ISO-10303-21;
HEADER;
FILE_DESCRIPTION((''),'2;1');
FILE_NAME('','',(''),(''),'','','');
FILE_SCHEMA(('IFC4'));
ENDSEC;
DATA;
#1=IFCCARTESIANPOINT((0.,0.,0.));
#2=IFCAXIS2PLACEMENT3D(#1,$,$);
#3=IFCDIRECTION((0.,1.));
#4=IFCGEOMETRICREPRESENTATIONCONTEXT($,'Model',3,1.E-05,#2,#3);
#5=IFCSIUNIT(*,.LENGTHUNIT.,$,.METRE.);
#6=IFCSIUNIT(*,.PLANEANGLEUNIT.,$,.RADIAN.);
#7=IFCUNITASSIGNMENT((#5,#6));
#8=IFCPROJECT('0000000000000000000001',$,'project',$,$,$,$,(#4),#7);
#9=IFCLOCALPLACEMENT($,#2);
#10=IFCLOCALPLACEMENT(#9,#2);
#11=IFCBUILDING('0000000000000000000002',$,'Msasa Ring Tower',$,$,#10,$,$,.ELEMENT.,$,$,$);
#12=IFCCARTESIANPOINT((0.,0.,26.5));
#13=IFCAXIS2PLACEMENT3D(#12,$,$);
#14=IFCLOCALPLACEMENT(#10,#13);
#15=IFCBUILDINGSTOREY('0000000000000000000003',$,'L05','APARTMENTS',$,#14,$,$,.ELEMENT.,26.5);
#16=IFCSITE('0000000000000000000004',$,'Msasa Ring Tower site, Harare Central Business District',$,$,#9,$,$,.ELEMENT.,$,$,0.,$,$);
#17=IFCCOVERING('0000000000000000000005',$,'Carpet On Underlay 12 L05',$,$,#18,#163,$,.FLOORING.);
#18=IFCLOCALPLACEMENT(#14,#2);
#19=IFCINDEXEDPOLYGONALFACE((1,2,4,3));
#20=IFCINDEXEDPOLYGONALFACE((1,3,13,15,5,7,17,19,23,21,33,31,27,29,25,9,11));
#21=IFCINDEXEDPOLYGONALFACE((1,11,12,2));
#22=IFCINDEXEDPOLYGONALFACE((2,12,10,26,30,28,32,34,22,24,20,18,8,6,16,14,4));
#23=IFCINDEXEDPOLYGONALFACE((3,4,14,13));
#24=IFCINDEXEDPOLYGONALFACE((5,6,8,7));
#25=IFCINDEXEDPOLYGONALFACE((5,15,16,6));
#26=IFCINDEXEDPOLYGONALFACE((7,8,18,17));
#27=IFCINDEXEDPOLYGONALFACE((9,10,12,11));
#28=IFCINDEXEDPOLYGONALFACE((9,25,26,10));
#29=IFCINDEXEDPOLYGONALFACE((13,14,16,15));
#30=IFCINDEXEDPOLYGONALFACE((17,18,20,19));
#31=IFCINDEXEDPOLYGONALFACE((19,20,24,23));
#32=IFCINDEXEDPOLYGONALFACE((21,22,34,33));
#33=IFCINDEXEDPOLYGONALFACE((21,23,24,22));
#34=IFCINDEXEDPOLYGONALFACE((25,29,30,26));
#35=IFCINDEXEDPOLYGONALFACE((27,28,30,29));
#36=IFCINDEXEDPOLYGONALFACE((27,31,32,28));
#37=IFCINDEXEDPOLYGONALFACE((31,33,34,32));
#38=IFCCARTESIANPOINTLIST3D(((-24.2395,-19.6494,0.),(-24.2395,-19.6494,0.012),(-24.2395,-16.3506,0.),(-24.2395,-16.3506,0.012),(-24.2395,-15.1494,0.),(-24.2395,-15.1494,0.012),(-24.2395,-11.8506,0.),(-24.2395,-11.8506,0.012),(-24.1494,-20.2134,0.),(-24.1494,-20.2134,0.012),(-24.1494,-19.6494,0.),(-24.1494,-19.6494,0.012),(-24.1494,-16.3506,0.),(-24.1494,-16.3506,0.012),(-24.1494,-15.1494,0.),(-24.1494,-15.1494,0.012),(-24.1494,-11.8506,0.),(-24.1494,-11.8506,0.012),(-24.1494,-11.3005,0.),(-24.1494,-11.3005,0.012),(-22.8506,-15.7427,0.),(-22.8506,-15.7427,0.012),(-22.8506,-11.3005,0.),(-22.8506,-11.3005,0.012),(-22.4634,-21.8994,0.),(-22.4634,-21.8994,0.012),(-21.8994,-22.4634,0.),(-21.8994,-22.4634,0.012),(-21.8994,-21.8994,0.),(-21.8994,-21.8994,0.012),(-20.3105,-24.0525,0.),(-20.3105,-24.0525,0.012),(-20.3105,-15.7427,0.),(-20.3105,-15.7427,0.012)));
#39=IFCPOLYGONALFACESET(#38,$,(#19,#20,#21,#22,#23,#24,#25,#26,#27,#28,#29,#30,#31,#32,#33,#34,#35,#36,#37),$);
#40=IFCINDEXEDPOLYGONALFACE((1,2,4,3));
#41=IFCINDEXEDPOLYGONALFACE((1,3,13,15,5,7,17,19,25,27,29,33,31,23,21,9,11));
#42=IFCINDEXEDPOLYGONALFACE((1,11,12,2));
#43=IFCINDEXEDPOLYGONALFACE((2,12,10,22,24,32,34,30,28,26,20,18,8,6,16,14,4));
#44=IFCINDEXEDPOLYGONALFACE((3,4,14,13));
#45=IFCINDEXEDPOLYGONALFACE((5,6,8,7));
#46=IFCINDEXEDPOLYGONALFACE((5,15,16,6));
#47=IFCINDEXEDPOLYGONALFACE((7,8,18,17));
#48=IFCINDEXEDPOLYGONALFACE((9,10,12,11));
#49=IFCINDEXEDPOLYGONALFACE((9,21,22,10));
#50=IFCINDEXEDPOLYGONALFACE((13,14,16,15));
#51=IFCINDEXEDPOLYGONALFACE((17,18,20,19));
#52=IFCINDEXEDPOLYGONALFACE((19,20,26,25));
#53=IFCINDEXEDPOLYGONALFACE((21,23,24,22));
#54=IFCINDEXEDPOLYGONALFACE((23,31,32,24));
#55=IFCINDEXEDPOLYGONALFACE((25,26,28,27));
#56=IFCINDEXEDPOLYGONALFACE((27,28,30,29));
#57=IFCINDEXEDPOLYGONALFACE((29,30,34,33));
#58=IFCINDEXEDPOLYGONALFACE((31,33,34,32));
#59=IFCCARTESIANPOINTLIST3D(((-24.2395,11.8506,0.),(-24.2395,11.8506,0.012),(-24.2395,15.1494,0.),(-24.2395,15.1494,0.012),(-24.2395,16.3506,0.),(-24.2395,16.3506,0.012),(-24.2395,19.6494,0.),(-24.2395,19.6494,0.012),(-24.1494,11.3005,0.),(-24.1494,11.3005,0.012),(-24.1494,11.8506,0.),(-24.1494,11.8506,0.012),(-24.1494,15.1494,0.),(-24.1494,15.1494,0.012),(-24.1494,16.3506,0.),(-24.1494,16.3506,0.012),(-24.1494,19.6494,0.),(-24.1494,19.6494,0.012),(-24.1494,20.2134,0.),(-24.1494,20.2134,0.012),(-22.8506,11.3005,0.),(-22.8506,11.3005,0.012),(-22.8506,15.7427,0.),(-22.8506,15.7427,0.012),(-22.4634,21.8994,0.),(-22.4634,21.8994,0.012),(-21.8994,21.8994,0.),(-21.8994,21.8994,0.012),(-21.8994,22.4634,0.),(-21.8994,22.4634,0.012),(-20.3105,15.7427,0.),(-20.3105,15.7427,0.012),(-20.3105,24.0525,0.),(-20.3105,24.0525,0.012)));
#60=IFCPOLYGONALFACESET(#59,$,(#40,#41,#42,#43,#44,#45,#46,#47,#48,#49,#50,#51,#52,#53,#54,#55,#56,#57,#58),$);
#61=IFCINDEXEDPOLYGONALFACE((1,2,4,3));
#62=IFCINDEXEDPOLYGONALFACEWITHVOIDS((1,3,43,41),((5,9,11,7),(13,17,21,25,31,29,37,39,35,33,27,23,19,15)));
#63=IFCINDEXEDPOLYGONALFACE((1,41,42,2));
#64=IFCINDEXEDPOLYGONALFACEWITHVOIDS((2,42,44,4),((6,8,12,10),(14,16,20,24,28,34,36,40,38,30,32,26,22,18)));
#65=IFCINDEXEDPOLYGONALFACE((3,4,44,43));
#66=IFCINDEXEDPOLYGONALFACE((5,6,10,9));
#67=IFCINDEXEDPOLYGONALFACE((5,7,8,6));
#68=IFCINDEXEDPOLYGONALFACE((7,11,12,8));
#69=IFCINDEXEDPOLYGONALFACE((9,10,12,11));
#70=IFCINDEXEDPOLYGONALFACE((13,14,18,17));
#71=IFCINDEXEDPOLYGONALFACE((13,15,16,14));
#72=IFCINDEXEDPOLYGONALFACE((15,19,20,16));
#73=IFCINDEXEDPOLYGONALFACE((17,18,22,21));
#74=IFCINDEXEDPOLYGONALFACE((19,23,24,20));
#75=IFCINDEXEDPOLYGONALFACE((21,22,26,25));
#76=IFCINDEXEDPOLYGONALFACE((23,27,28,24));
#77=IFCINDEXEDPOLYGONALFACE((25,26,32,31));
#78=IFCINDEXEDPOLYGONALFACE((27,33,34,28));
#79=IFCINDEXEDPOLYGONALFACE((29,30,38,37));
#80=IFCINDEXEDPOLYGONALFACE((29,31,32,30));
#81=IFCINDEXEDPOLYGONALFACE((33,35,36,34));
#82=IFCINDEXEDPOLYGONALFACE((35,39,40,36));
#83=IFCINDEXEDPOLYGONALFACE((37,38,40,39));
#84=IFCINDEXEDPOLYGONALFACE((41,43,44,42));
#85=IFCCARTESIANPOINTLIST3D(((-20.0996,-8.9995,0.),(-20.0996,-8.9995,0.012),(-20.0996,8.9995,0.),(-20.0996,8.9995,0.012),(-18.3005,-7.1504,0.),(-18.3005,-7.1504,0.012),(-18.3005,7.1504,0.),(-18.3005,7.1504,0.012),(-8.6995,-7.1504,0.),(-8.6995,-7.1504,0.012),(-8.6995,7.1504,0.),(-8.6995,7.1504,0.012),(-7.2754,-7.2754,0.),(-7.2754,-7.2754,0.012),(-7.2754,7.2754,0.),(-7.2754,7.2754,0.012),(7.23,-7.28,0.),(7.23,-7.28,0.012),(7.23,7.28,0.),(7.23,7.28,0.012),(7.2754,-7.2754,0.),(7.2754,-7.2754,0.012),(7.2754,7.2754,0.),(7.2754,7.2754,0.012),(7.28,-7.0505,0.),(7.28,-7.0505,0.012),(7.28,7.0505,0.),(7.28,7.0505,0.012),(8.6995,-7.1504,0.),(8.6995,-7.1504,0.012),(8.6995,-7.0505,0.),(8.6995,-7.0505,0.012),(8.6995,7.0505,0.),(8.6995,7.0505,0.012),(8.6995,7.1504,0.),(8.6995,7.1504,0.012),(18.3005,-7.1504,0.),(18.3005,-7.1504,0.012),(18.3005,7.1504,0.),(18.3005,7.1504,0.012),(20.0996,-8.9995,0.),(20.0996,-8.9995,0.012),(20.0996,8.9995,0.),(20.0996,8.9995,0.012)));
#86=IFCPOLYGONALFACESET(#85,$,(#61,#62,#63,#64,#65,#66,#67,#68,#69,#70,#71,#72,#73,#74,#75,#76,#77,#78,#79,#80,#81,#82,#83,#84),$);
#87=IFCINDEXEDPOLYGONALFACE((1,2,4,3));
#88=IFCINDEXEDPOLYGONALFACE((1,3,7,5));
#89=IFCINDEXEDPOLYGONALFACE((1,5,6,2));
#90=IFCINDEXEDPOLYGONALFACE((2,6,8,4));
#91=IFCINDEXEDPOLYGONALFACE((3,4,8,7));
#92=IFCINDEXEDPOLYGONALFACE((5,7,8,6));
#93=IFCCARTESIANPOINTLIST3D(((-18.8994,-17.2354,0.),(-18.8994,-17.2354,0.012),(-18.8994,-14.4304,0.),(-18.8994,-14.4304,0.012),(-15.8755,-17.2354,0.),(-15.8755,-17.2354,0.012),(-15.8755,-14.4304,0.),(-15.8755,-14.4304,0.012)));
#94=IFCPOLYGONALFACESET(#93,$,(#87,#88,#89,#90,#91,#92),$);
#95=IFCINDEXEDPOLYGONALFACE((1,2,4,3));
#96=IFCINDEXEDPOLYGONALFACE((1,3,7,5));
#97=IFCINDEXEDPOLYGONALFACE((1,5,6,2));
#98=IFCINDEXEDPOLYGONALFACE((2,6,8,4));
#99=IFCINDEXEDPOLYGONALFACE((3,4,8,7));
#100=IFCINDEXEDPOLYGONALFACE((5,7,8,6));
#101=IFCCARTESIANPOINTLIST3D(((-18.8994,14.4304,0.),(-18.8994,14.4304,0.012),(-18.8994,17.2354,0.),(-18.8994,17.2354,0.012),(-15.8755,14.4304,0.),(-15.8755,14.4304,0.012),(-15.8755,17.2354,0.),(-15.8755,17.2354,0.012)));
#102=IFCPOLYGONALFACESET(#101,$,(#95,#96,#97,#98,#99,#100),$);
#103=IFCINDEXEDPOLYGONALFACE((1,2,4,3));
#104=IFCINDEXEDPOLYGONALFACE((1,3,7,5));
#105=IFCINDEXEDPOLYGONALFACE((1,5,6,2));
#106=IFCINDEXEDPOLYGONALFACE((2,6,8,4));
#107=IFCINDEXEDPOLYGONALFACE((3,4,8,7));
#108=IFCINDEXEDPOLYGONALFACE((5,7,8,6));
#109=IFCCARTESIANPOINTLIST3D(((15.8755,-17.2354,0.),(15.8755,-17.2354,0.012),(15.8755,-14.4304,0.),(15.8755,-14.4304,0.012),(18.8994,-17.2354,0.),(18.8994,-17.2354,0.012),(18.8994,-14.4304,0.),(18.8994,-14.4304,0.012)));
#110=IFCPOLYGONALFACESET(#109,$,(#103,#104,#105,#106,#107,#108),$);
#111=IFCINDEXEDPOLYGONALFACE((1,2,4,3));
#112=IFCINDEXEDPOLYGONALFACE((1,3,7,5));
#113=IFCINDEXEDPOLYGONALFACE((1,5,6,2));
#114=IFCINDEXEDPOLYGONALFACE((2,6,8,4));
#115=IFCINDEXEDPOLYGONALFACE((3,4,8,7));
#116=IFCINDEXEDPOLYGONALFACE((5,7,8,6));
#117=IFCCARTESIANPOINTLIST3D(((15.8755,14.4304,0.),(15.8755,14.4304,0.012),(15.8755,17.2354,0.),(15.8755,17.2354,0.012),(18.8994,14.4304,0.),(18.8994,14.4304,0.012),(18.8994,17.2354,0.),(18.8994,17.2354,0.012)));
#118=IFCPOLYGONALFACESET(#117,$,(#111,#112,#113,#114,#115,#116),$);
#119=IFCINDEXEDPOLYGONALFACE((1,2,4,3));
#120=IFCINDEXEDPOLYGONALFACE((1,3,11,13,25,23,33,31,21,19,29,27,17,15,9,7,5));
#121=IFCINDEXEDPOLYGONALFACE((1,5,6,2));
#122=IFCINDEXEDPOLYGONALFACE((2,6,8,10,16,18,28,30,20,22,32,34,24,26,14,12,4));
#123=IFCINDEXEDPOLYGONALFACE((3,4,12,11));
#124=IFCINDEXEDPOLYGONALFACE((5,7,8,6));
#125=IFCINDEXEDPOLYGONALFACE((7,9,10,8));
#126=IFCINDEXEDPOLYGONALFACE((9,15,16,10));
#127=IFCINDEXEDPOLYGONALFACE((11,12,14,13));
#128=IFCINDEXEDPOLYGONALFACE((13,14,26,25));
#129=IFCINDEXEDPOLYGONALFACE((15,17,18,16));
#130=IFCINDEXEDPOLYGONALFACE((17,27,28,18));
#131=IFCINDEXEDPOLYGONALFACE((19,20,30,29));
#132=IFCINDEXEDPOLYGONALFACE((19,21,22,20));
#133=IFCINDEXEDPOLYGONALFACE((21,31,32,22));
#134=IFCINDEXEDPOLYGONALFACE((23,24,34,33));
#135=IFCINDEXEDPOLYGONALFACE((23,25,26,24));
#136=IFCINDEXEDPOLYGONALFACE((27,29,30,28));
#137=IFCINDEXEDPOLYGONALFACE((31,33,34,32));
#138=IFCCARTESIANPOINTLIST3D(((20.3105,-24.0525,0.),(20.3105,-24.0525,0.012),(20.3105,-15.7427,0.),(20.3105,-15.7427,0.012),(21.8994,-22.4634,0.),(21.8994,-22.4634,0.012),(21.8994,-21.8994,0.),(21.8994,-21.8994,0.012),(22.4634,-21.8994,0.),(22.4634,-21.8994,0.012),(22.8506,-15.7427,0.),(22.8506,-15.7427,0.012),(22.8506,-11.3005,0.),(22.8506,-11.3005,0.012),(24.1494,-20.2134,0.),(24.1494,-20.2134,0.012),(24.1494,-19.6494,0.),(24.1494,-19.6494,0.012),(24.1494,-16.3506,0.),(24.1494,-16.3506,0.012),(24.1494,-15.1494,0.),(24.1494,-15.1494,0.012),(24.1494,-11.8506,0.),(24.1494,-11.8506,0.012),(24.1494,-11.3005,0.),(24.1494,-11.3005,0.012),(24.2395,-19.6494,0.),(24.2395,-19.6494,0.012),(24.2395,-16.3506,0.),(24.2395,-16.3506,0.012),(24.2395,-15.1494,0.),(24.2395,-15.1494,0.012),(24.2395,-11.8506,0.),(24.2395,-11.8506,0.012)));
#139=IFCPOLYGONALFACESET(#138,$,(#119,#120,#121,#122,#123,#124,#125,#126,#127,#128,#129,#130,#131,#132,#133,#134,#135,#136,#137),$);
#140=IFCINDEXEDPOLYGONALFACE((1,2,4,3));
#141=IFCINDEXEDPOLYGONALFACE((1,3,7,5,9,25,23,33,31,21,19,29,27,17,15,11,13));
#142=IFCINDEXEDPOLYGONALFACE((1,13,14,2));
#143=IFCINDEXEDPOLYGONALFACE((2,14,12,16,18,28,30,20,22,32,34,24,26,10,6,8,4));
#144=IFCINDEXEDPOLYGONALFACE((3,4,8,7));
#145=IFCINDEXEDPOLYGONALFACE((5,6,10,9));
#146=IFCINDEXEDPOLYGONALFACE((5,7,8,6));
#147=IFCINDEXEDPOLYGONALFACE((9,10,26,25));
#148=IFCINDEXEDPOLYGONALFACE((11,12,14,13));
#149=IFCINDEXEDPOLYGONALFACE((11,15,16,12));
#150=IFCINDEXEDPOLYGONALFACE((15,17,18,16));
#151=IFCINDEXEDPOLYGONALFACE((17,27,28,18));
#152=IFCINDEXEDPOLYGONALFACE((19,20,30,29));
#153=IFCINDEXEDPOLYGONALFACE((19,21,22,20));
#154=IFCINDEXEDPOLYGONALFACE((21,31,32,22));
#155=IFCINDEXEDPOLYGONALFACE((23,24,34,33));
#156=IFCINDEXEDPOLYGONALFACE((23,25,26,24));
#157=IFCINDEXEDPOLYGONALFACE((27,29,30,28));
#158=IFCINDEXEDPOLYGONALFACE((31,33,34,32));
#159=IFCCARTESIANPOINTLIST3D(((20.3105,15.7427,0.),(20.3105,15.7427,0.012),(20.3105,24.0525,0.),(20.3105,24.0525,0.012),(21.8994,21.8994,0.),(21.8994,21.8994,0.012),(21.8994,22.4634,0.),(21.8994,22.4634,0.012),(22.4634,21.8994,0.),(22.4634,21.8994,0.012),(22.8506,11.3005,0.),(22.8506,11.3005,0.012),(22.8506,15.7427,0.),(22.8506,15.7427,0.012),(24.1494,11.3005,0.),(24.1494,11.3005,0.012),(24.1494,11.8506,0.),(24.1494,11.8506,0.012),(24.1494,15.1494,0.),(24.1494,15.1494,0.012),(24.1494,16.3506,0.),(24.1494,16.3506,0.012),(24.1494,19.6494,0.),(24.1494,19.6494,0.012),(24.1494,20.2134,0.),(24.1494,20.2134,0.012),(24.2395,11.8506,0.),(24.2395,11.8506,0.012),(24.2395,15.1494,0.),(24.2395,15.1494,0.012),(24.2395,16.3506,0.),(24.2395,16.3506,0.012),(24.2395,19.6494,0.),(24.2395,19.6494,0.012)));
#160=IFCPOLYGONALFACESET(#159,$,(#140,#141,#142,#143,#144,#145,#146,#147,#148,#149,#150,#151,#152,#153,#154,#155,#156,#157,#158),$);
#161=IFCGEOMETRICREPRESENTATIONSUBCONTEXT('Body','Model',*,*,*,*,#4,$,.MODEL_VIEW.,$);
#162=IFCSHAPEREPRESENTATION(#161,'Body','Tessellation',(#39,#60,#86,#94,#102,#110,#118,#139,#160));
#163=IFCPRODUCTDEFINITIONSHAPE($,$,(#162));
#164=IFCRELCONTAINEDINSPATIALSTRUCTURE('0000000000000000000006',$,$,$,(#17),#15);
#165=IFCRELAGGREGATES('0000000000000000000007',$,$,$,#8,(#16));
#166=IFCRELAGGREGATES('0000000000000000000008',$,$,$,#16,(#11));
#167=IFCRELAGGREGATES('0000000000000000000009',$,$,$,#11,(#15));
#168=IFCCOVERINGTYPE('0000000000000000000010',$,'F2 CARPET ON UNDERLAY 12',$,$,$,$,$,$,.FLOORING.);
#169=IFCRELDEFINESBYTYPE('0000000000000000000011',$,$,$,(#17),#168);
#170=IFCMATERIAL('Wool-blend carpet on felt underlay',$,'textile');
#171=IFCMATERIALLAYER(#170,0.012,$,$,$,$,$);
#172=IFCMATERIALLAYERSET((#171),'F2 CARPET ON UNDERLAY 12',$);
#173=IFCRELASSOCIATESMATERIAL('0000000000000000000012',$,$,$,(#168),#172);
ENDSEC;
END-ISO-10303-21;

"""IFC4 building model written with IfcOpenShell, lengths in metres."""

from ifc_helpers import new_model, si_unit, direction, frame, origin, place, context, subcontext, project, spatial, line, indexed_curve, outline, extrude, material, layer, layer_set, type_object, element, save


model = new_model("IFC4")

# Units and contexts
model_context = context("Model", 3, precision=1e-05, world=origin(), true_north=direction((0.0, 1.0)))
body_context = subcontext(model_context, "Body", "Model", "MODEL_VIEW")
ifc_project = project(units=[si_unit("LENGTHUNIT", "METRE"), si_unit("PLANEANGLEUNIT", "RADIAN")], contexts=[model_context])

# Site, building, storey
site_placement = place(None, origin())
site = spatial("IfcSite", under=ifc_project, at=site_placement, Name="Msasa Ring Tower site, Harare Central Business District", CompositionType="ELEMENT", RefElevation=0.0)
building_placement = place(site_placement, origin())
building = spatial("IfcBuilding", under=site, at=building_placement, Name="Msasa Ring Tower", CompositionType="ELEMENT")
storey_placement = place(building_placement, frame((0.0, 0.0, 26.5)))
storey = spatial("IfcBuildingStorey", under=building, at=storey_placement, Name="L05", Description="APARTMENTS", CompositionType="ELEMENT", Elevation=26.5)

# Covering
ifc_material_1 = material(Name="Wool-blend carpet on felt underlay", Category="textile")
ifc_layer_1 = layer(ifc_material_1, 0.012)
ifc_layer_set_1 = layer_set([ifc_layer_1], Name="F2 CARPET ON UNDERLAY 12")
covering_type_1 = type_object("IfcCoveringType", Name="F2 CARPET ON UNDERLAY 12", PredefinedType="FLOORING", material=ifc_layer_set_1)
covering_1_placement = place(storey_placement, origin())
element("IfcCovering", 1, at=covering_1_placement, inside=storey, type_object=covering_type_1, Name="Carpet On Underlay 12 L05", PredefinedType="FLOORING", context=body_context, shape_type="SweptSolid", body=[
    extrude(outline(indexed_curve([(-21.8994, -22.4634), (-21.8994, -21.8994), (-22.4634, -21.8994), (-24.1494, -20.2134), (-24.1494, -19.6494), (-24.2395, -19.6494), (-24.2395, -16.3506), (-24.1494, -16.3506), (-24.1494, -15.1494), (-24.2395, -15.1494), (-24.2395, -11.8506), (-24.1494, -11.8506), (-24.1494, -11.3005), (-22.8506, -11.3005), (-22.8506, -15.7427), (-20.3105, -15.7427), (-20.3105, -24.0525)], segments=[line(1, 2, 3, 4, 5, 6, 7, 8, 9, 10, 11, 12, 13, 14, 15, 16, 17, 1)], self_intersect=False)), origin(), (0.0, 0.0, 1.0), 0.012),
    extrude(outline(indexed_curve([(-24.2395, 15.1494), (-24.1494, 15.1494), (-24.1494, 16.3506), (-24.2395, 16.3506), (-24.2395, 19.6494), (-24.1494, 19.6494), (-24.1494, 20.2134), (-22.4634, 21.8994), (-21.8994, 21.8994), (-21.8994, 22.4634), (-20.3105, 24.0525), (-20.3105, 15.7427), (-22.8506, 15.7427), (-22.8506, 11.3005), (-24.1494, 11.3005), (-24.1494, 11.8506), (-24.2395, 11.8506)], segments=[line(1, 2, 3, 4, 5, 6, 7, 8, 9, 10, 11, 12, 13, 14, 15, 16, 17, 1)], self_intersect=False)), origin(), (0.0, 0.0, 1.0), 0.012),
    extrude(outline(indexed_curve([(-20.0996, -8.9995), (-20.0996, 8.9995), (20.0996, 8.9995), (20.0996, -8.9995)], segments=[line(1, 2, 3, 4, 1)], self_intersect=False), holes=[indexed_curve([(8.6995, -7.1504), (18.3005, -7.1504), (18.3005, 7.1504), (8.6995, 7.1504), (8.6995, 7.0505), (7.28, 7.0505), (7.2754, 7.2754), (7.23, 7.28), (-7.2754, 7.2754), (-7.2754, -7.2754), (7.23, -7.28), (7.2754, -7.2754), (7.28, -7.0505), (8.6995, -7.0505)], segments=[line(1, 2, 3, 4, 5, 6, 7, 8, 9, 10, 11, 12, 13, 14, 1)], self_intersect=False), indexed_curve([(-8.6995, 7.1504), (-18.3005, 7.1504), (-18.3005, -7.1504), (-8.6995, -7.1504)], segments=[line(1, 2, 3, 4, 1)], self_intersect=False)]), origin(), (0.0, 0.0, 1.0), 0.012),
    extrude(outline(indexed_curve([(-18.8994, -14.4304), (-15.8755, -14.4304), (-15.8755, -17.2354), (-18.8994, -17.2354)], segments=[line(1, 2, 3, 4, 1)], self_intersect=False)), origin(), (0.0, 0.0, 1.0), 0.012),
    extrude(outline(indexed_curve([(-18.8994, 17.2354), (-15.8755, 17.2354), (-15.8755, 14.4304), (-18.8994, 14.4304)], segments=[line(1, 2, 3, 4, 1)], self_intersect=False)), origin(), (0.0, 0.0, 1.0), 0.012),
    extrude(outline(indexed_curve([(18.8994, -14.4304), (18.8994, -17.2354), (15.8755, -17.2354), (15.8755, -14.4304)], segments=[line(1, 2, 3, 4, 1)], self_intersect=False)), origin(), (0.0, 0.0, 1.0), 0.012),
    extrude(outline(indexed_curve([(18.8994, 17.2354), (18.8994, 14.4304), (15.8755, 14.4304), (15.8755, 17.2354)], segments=[line(1, 2, 3, 4, 1)], self_intersect=False)), origin(), (0.0, 0.0, 1.0), 0.012),
    extrude(outline(indexed_curve([(24.1494, -11.3005), (24.1494, -11.8506), (24.2395, -11.8506), (24.2395, -15.1494), (24.1494, -15.1494), (24.1494, -16.3506), (24.2395, -16.3506), (24.2395, -19.6494), (24.1494, -19.6494), (24.1494, -20.2134), (22.4634, -21.8994), (21.8994, -21.8994), (21.8994, -22.4634), (20.3105, -24.0525), (20.3105, -15.7427), (22.8506, -15.7427), (22.8506, -11.3005)], segments=[line(1, 2, 3, 4, 5, 6, 7, 8, 9, 10, 11, 12, 13, 14, 15, 16, 17, 1)], self_intersect=False)), origin(), (0.0, 0.0, 1.0), 0.012),
    extrude(outline(indexed_curve([(24.2395, 16.3506), (24.1494, 16.3506), (24.1494, 15.1494), (24.2395, 15.1494), (24.2395, 11.8506), (24.1494, 11.8506), (24.1494, 11.3005), (22.8506, 11.3005), (22.8506, 15.7427), (20.3105, 15.7427), (20.3105, 24.0525), (21.8994, 22.4634), (21.8994, 21.8994), (22.4634, 21.8994), (24.1494, 20.2134), (24.1494, 19.6494), (24.2395, 19.6494)], segments=[line(1, 2, 3, 4, 5, 6, 7, 8, 9, 10, 11, 12, 13, 14, 15, 16, 17, 1)], self_intersect=False)), origin(), (0.0, 0.0, 1.0), 0.012),
])

save(model, "model.ifc")
